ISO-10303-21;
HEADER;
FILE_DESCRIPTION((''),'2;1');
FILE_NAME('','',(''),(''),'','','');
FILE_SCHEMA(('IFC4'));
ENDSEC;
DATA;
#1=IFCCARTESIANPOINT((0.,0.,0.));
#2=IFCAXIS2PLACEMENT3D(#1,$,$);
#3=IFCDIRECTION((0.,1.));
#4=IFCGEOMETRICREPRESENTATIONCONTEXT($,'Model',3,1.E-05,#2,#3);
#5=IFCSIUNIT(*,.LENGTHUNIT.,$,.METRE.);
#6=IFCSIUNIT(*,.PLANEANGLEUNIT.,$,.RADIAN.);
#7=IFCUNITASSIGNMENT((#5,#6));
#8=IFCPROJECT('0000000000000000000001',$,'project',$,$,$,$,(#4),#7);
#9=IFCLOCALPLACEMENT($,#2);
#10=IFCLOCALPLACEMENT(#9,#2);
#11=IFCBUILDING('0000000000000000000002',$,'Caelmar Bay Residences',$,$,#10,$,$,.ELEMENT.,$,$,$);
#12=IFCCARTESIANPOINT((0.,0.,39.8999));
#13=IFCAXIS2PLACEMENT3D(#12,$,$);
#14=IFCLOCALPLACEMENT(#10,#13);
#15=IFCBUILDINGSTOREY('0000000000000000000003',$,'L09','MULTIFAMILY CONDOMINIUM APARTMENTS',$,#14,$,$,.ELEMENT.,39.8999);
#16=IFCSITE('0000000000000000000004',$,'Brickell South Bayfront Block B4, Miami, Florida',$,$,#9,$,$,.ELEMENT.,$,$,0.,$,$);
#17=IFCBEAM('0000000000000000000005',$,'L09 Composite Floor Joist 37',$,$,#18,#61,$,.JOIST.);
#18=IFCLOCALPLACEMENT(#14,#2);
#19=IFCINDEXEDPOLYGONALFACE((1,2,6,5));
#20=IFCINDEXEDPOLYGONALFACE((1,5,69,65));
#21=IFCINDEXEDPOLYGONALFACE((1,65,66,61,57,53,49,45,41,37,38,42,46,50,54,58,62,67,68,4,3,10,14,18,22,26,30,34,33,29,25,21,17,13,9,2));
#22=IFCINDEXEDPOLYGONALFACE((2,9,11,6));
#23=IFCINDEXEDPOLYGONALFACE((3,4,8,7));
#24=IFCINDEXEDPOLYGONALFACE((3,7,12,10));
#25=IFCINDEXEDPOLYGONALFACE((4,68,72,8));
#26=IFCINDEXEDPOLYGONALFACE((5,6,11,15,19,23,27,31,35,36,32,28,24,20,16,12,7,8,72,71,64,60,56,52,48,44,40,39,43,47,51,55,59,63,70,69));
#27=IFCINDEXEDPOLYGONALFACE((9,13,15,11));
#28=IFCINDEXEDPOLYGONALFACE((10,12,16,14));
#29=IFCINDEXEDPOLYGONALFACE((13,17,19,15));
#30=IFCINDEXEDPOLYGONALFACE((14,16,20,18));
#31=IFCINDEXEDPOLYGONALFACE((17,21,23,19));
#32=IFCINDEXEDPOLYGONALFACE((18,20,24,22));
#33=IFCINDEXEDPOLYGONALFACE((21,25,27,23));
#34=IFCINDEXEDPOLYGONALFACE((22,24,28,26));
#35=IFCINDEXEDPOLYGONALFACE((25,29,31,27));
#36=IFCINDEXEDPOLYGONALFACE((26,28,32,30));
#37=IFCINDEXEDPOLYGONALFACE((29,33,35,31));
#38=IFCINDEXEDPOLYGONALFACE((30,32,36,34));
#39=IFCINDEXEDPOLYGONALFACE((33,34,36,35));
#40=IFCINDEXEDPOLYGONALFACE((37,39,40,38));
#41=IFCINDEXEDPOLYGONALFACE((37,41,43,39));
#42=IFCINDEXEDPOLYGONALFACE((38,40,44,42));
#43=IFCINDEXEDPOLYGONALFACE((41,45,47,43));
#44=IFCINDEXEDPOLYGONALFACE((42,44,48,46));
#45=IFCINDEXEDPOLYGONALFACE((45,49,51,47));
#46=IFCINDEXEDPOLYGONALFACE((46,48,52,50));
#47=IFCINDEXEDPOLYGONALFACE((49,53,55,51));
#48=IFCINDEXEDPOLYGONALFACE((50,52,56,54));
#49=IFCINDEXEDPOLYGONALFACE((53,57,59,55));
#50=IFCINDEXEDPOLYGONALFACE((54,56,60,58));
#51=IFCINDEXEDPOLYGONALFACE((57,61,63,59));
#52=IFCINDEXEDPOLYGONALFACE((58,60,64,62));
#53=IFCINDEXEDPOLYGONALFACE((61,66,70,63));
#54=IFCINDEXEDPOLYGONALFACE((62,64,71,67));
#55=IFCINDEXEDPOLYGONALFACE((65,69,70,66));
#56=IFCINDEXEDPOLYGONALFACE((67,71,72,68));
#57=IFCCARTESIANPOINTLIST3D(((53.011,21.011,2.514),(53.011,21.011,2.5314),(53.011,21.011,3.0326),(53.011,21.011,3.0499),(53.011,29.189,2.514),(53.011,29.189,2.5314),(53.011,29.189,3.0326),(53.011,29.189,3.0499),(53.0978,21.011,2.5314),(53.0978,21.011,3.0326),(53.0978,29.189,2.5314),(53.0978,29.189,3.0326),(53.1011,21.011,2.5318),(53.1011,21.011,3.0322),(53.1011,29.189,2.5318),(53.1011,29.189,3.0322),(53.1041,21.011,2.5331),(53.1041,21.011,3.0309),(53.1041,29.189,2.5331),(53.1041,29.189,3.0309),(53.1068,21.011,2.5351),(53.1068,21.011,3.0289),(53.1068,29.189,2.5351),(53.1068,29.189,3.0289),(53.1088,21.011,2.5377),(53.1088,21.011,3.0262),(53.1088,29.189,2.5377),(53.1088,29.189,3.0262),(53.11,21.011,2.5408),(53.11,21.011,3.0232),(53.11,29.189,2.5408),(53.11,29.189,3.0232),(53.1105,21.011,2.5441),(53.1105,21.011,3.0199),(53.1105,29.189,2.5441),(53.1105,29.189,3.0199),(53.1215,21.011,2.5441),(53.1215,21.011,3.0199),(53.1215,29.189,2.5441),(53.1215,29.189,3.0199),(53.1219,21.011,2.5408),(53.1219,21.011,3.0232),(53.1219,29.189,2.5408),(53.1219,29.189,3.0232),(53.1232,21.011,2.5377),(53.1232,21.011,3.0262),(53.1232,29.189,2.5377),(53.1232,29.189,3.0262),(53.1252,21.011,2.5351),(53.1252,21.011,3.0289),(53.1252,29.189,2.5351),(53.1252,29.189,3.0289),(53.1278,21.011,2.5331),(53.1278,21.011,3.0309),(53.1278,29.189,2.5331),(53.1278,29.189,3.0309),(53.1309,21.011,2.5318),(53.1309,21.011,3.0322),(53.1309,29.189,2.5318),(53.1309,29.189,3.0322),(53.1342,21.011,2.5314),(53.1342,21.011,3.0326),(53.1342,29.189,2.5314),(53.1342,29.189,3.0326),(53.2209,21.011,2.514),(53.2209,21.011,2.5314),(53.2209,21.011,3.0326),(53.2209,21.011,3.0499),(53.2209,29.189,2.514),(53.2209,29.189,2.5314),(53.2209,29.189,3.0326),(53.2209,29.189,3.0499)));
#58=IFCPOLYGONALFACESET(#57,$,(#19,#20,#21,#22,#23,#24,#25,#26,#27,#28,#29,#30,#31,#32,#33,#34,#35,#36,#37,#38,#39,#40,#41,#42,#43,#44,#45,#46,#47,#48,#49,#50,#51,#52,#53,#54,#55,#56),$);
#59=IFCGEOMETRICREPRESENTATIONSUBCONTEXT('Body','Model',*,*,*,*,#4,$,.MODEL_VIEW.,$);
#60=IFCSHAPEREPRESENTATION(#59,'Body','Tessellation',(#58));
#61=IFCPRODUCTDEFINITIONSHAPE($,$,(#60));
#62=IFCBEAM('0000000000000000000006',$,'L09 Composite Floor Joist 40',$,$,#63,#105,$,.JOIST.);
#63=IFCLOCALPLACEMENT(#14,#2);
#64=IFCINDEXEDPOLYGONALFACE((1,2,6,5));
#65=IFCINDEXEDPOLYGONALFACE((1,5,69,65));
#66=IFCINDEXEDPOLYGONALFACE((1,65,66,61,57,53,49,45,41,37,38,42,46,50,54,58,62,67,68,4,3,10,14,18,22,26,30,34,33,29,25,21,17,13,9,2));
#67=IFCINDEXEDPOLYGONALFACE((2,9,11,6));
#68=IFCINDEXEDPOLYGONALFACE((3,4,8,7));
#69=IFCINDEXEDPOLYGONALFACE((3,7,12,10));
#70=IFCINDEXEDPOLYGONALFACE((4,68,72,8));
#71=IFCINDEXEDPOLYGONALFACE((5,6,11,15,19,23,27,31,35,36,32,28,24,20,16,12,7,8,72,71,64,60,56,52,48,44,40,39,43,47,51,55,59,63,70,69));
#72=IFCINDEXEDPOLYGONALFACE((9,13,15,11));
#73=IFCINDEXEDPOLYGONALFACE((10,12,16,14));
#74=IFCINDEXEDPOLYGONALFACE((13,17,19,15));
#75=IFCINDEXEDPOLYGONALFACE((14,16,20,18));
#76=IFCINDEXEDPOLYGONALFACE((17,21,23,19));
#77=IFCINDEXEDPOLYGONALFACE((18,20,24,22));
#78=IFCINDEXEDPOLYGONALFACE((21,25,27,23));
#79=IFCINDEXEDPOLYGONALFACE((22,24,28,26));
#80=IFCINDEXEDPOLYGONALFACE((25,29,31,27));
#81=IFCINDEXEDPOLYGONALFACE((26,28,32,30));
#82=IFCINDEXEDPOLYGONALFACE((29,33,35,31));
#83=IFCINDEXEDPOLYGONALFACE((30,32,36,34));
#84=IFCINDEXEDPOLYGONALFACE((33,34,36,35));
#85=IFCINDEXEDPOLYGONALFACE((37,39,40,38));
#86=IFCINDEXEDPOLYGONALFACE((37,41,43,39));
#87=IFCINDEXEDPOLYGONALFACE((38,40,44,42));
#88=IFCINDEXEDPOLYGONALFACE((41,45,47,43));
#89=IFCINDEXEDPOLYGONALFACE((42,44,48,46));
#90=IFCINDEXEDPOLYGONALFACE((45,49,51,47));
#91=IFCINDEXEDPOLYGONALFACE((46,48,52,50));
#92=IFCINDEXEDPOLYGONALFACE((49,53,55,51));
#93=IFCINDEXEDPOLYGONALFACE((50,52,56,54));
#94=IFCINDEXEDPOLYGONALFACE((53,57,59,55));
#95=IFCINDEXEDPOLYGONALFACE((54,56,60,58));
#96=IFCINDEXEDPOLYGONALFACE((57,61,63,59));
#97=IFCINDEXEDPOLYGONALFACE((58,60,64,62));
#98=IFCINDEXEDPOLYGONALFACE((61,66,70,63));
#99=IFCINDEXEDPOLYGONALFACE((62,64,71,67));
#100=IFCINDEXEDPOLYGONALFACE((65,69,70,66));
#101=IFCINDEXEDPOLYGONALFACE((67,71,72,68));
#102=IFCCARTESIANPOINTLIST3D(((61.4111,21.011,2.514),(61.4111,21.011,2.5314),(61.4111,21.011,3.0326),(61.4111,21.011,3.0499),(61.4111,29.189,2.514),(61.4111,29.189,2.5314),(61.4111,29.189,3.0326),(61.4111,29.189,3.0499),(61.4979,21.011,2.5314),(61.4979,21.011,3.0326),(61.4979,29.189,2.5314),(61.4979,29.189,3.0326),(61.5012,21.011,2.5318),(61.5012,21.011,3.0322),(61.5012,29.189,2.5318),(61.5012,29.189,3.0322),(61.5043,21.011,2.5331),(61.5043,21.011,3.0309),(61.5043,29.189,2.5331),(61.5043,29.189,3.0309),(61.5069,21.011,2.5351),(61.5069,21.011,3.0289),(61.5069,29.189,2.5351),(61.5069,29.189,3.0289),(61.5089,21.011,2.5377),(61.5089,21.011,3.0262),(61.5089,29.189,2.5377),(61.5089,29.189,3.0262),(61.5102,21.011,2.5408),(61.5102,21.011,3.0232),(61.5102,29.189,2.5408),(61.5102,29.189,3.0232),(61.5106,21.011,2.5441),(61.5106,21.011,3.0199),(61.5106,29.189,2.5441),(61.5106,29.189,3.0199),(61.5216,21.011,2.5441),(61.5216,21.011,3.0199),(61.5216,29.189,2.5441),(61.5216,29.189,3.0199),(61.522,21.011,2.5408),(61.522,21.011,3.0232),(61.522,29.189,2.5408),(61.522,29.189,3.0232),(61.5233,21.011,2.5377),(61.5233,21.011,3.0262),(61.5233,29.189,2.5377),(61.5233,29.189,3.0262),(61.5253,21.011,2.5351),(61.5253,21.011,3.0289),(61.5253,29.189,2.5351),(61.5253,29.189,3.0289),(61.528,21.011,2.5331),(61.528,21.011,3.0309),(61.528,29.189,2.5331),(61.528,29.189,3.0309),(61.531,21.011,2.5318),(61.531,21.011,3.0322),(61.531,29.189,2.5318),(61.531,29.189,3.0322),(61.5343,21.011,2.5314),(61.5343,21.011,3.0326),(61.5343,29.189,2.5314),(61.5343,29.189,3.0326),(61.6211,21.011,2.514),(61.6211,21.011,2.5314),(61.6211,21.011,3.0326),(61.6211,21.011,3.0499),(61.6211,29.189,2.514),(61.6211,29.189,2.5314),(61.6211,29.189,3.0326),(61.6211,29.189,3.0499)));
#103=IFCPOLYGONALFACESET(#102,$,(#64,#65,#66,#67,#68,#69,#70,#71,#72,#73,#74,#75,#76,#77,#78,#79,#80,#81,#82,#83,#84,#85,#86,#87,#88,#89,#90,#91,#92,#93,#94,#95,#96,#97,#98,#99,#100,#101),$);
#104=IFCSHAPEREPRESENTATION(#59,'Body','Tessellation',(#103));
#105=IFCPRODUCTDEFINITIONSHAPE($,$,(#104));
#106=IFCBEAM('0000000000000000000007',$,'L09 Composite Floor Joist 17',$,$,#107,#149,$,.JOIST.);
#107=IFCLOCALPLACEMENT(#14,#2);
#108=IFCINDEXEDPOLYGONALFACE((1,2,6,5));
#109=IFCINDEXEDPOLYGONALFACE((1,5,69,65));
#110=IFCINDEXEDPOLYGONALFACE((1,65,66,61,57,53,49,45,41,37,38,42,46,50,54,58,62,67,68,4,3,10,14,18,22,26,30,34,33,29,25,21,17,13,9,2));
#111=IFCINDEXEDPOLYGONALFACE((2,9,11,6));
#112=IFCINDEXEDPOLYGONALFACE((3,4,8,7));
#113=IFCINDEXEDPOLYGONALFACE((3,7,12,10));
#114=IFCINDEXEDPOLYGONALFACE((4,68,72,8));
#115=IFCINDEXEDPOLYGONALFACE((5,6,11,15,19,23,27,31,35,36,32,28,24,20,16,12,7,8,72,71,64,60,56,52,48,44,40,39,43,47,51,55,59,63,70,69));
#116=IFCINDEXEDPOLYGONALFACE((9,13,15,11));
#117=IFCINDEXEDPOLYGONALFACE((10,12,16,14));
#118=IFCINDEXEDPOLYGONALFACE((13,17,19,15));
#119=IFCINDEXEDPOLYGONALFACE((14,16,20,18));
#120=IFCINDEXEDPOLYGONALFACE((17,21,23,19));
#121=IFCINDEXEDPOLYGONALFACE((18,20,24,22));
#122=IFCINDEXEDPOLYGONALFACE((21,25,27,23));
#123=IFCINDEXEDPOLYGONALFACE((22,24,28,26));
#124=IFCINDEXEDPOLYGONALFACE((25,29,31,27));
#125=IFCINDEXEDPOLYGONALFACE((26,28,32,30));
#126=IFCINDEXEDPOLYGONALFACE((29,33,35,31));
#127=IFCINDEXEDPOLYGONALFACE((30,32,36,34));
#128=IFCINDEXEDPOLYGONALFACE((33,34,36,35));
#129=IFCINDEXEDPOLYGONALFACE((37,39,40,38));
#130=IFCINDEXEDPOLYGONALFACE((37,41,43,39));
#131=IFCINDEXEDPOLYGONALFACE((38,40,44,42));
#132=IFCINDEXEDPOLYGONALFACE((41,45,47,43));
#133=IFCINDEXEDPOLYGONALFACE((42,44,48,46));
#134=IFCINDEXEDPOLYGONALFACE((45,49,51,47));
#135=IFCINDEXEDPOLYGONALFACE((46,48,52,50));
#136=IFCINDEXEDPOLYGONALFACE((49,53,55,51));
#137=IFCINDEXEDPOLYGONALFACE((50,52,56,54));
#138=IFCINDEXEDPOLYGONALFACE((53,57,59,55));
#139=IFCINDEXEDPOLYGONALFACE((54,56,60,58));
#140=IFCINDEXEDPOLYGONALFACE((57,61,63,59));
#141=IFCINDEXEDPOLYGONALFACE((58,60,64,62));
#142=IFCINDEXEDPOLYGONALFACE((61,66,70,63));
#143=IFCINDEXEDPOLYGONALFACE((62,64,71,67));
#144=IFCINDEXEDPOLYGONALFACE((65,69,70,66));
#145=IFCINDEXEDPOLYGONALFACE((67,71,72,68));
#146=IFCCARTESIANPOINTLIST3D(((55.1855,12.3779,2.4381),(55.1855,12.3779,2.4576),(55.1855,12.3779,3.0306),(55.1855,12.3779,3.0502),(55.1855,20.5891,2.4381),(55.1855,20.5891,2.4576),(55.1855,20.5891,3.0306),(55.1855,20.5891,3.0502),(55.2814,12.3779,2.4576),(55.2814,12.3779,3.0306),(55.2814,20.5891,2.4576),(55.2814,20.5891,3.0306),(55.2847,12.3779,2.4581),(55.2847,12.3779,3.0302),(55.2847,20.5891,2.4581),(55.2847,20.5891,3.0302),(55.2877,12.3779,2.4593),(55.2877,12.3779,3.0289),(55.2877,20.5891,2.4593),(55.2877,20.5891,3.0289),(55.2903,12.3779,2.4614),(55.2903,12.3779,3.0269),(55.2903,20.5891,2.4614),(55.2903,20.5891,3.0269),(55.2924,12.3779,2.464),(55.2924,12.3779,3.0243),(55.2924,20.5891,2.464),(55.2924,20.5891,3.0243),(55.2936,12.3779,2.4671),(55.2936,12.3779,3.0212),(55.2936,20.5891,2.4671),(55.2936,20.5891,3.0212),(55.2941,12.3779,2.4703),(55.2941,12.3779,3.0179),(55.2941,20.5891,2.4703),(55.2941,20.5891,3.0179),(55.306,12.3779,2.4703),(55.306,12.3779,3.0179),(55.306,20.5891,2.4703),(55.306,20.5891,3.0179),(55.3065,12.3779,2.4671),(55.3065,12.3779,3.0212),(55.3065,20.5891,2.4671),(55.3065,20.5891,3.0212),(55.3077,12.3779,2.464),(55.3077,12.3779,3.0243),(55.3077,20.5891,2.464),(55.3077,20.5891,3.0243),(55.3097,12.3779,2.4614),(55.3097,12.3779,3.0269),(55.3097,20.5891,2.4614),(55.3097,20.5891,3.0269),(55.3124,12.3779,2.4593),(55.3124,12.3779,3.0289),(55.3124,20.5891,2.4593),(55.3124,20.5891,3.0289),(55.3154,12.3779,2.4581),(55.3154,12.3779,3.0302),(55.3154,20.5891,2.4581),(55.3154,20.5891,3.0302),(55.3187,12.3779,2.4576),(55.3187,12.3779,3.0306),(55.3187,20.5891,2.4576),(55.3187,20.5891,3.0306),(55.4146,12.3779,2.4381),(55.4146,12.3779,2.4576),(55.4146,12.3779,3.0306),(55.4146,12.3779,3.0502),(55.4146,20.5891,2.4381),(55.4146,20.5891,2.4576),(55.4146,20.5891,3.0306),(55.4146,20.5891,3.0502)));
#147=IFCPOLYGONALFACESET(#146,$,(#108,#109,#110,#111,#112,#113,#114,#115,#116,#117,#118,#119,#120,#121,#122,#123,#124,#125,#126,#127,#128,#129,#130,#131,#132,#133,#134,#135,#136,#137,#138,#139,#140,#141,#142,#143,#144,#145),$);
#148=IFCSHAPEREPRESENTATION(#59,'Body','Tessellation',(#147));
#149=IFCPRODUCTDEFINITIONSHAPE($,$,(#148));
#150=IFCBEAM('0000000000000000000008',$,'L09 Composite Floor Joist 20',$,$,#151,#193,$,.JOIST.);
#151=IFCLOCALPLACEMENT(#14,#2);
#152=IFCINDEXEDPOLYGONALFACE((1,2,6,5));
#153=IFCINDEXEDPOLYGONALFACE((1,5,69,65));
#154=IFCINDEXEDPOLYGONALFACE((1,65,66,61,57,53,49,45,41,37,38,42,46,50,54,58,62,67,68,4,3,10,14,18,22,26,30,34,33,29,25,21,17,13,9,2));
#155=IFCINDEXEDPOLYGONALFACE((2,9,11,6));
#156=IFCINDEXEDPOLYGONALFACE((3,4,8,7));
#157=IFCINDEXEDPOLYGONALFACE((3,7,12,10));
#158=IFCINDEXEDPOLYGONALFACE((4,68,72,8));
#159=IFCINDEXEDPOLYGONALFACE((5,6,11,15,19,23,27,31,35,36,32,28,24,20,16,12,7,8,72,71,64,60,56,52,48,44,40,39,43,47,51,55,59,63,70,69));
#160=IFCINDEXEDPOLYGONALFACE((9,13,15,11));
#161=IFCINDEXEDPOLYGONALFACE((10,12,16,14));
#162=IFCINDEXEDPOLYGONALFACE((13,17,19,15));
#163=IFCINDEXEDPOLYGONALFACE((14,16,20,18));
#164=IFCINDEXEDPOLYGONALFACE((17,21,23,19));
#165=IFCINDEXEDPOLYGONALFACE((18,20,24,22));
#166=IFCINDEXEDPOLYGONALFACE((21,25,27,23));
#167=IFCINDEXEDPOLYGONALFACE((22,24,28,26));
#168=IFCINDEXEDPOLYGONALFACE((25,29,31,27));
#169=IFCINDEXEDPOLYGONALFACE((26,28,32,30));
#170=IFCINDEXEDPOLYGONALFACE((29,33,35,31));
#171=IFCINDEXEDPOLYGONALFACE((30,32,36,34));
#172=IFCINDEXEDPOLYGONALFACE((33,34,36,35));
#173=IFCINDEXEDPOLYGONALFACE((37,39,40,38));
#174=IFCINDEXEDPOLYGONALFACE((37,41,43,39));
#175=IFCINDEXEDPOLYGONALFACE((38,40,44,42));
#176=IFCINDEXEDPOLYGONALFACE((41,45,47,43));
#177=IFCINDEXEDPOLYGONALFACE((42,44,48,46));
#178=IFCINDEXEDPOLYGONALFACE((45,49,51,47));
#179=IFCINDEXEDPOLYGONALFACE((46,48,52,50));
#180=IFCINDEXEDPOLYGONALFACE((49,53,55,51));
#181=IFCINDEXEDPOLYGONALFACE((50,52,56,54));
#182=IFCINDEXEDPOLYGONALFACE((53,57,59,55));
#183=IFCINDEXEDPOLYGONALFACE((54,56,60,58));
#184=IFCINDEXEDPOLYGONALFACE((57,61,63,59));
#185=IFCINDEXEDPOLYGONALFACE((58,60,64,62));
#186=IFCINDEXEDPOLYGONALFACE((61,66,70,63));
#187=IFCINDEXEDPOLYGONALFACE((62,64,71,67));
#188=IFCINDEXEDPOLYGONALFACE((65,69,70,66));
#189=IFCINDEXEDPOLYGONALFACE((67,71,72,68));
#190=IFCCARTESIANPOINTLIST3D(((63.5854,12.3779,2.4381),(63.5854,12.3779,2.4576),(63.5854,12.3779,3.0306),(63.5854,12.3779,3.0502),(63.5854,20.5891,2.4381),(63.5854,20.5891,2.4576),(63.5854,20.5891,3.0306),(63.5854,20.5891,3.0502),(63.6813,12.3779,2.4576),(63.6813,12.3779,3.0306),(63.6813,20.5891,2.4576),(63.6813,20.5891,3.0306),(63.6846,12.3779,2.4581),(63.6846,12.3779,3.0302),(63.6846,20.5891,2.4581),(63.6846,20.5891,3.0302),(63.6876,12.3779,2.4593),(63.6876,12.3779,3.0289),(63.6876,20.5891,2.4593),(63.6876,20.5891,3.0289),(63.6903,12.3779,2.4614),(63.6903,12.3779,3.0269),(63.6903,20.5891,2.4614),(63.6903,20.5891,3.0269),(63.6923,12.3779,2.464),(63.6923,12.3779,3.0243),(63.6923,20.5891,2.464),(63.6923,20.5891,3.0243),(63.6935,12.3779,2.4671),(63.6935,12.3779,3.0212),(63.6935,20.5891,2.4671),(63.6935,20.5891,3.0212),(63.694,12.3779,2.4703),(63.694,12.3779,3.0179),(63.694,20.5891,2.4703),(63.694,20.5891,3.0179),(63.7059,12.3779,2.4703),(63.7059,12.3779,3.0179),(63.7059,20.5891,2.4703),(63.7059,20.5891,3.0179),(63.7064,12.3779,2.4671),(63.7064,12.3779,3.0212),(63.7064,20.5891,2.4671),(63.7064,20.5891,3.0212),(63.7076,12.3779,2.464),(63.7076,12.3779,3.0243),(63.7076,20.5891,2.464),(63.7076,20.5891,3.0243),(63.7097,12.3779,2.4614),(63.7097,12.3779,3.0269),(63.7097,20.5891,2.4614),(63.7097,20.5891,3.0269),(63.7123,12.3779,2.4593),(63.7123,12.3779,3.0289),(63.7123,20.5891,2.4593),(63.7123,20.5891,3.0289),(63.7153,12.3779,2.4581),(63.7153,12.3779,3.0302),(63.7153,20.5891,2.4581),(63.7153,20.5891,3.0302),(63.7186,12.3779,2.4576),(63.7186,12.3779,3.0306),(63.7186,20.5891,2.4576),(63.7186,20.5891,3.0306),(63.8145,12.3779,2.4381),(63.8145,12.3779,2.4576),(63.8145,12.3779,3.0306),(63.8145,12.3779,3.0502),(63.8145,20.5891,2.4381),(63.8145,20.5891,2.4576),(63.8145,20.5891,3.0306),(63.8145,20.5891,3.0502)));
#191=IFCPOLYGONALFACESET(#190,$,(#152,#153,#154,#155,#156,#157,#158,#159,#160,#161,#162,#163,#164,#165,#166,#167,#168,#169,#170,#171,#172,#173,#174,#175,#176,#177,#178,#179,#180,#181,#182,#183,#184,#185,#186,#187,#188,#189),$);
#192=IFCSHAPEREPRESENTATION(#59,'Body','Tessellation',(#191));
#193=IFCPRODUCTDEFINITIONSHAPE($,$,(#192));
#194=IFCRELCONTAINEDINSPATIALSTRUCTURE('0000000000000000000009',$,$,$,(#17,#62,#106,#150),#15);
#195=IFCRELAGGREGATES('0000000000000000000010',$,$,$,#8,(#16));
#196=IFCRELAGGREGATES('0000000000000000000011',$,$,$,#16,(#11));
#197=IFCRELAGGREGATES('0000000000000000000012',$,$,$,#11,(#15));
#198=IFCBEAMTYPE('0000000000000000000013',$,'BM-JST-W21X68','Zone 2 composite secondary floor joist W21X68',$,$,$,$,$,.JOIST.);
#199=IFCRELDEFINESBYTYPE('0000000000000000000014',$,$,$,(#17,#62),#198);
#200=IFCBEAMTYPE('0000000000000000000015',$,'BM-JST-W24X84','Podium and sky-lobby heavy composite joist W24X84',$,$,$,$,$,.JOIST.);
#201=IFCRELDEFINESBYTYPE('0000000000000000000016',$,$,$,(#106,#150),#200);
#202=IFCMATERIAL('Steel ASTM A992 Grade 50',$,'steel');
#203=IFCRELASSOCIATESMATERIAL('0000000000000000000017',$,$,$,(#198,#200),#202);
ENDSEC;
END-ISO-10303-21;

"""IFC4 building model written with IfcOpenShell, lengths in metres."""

from ifc_helpers import new_model, si_unit, direction, frame, origin, origin_2d, place, context, subcontext, project, spatial, i_section, extrude, material, material_profile, profile_set, type_object, element, save


model = new_model("IFC4")

# Units and contexts
model_context = context("Model", 3, precision=1e-05, world=origin(), true_north=direction((0.0, 1.0)))
body_context = subcontext(model_context, "Body", "Model", "MODEL_VIEW")
ifc_project = project(units=[si_unit("LENGTHUNIT", "METRE"), si_unit("PLANEANGLEUNIT", "RADIAN")], contexts=[model_context])

# Site, building, storey
site_placement = place(None, origin())
site = spatial("IfcSite", under=ifc_project, at=site_placement, Name="Brickell South Bayfront Block B4, Miami, Florida", CompositionType="ELEMENT", RefElevation=0.0)
building_placement = place(site_placement, origin())
building = spatial("IfcBuilding", under=site, at=building_placement, Name="Caelmar Bay Residences", CompositionType="ELEMENT")
storey_placement = place(building_placement, frame((0.0, 0.0, 39.8999)))
storey = spatial("IfcBuildingStorey", under=building, at=storey_placement, Name="L09", Description="MULTIFAMILY CONDOMINIUM APARTMENTS", CompositionType="ELEMENT", Elevation=39.8999)

# Beams
ifc_material_1 = material(Name="Steel ASTM A992 Grade 50", Category="steel")
ifc_material_profile_1 = material_profile(ifc_material_1, i_section(OverallWidth=0.21, OverallDepth=0.5359, WebThickness=0.011, FlangeThickness=0.0173, FilletRadius=0.0127, at=origin_2d()), Name="W21X68")
ifc_profile_set_1 = profile_set([ifc_material_profile_1], Name="Steel ASTM A992 Grade 50")
beam_type_1 = type_object("IfcBeamType", Name="BM-JST-W21X68", Description="Zone 2 composite secondary floor joist W21X68", PredefinedType="JOIST", material=ifc_profile_set_1)
for number, where, z_axis, x_axis, name in (
    (1, (53.116, 21.011, 2.782), (0.0, 1.0, 0.0), (-1.0, 0.0, 0.0), "L09 Composite Floor Joist 37"),
    (2, (61.5161, 21.011, 2.782), (0.0, 1.0, 0.0), (-1.0, 0.0, 0.0), "L09 Composite Floor Joist 40"),
):
    element("IfcBeam", number, at=place(storey_placement, frame(where, z_axis=z_axis, x_axis=x_axis)), inside=storey, type_object=beam_type_1, Name=name, PredefinedType="JOIST", context=body_context, shape_type="SweptSolid", body=[
        extrude(i_section(OverallWidth=0.21, OverallDepth=0.5359, WebThickness=0.011, FlangeThickness=0.0173, FilletRadius=0.0127, at=origin_2d()), origin(), (0.0, 0.0, 1.0), 8.178),
    ])
ifc_material_profile_2 = material_profile(ifc_material_1, i_section(OverallWidth=0.229, OverallDepth=0.6121, WebThickness=0.012, FlangeThickness=0.0195, FilletRadius=0.0127, at=origin_2d()), Name="W24X84")
ifc_profile_set_2 = profile_set([ifc_material_profile_2], Name="Steel ASTM A992 Grade 50")
beam_type_2 = type_object("IfcBeamType", Name="BM-JST-W24X84", Description="Podium and sky-lobby heavy composite joist W24X84", PredefinedType="JOIST", material=ifc_profile_set_2)
for number, where, z_axis, x_axis, name in (
    (3, (55.3, 12.3779, 2.7441), (0.0, 1.0, 0.0), (-1.0, 0.0, 0.0), "L09 Composite Floor Joist 17"),
    (4, (63.7, 12.3779, 2.7441), (0.0, 1.0, 0.0), (-1.0, 0.0, 0.0), "L09 Composite Floor Joist 20"),
):
    element("IfcBeam", number, at=place(storey_placement, frame(where, z_axis=z_axis, x_axis=x_axis)), inside=storey, type_object=beam_type_2, Name=name, PredefinedType="JOIST", context=body_context, shape_type="SweptSolid", body=[
        extrude(i_section(OverallWidth=0.229, OverallDepth=0.6121, WebThickness=0.012, FlangeThickness=0.0195, FilletRadius=0.0127, at=origin_2d()), origin(), (0.0, 0.0, 1.0), 8.2112),
    ])

save(model, "model.ifc")
